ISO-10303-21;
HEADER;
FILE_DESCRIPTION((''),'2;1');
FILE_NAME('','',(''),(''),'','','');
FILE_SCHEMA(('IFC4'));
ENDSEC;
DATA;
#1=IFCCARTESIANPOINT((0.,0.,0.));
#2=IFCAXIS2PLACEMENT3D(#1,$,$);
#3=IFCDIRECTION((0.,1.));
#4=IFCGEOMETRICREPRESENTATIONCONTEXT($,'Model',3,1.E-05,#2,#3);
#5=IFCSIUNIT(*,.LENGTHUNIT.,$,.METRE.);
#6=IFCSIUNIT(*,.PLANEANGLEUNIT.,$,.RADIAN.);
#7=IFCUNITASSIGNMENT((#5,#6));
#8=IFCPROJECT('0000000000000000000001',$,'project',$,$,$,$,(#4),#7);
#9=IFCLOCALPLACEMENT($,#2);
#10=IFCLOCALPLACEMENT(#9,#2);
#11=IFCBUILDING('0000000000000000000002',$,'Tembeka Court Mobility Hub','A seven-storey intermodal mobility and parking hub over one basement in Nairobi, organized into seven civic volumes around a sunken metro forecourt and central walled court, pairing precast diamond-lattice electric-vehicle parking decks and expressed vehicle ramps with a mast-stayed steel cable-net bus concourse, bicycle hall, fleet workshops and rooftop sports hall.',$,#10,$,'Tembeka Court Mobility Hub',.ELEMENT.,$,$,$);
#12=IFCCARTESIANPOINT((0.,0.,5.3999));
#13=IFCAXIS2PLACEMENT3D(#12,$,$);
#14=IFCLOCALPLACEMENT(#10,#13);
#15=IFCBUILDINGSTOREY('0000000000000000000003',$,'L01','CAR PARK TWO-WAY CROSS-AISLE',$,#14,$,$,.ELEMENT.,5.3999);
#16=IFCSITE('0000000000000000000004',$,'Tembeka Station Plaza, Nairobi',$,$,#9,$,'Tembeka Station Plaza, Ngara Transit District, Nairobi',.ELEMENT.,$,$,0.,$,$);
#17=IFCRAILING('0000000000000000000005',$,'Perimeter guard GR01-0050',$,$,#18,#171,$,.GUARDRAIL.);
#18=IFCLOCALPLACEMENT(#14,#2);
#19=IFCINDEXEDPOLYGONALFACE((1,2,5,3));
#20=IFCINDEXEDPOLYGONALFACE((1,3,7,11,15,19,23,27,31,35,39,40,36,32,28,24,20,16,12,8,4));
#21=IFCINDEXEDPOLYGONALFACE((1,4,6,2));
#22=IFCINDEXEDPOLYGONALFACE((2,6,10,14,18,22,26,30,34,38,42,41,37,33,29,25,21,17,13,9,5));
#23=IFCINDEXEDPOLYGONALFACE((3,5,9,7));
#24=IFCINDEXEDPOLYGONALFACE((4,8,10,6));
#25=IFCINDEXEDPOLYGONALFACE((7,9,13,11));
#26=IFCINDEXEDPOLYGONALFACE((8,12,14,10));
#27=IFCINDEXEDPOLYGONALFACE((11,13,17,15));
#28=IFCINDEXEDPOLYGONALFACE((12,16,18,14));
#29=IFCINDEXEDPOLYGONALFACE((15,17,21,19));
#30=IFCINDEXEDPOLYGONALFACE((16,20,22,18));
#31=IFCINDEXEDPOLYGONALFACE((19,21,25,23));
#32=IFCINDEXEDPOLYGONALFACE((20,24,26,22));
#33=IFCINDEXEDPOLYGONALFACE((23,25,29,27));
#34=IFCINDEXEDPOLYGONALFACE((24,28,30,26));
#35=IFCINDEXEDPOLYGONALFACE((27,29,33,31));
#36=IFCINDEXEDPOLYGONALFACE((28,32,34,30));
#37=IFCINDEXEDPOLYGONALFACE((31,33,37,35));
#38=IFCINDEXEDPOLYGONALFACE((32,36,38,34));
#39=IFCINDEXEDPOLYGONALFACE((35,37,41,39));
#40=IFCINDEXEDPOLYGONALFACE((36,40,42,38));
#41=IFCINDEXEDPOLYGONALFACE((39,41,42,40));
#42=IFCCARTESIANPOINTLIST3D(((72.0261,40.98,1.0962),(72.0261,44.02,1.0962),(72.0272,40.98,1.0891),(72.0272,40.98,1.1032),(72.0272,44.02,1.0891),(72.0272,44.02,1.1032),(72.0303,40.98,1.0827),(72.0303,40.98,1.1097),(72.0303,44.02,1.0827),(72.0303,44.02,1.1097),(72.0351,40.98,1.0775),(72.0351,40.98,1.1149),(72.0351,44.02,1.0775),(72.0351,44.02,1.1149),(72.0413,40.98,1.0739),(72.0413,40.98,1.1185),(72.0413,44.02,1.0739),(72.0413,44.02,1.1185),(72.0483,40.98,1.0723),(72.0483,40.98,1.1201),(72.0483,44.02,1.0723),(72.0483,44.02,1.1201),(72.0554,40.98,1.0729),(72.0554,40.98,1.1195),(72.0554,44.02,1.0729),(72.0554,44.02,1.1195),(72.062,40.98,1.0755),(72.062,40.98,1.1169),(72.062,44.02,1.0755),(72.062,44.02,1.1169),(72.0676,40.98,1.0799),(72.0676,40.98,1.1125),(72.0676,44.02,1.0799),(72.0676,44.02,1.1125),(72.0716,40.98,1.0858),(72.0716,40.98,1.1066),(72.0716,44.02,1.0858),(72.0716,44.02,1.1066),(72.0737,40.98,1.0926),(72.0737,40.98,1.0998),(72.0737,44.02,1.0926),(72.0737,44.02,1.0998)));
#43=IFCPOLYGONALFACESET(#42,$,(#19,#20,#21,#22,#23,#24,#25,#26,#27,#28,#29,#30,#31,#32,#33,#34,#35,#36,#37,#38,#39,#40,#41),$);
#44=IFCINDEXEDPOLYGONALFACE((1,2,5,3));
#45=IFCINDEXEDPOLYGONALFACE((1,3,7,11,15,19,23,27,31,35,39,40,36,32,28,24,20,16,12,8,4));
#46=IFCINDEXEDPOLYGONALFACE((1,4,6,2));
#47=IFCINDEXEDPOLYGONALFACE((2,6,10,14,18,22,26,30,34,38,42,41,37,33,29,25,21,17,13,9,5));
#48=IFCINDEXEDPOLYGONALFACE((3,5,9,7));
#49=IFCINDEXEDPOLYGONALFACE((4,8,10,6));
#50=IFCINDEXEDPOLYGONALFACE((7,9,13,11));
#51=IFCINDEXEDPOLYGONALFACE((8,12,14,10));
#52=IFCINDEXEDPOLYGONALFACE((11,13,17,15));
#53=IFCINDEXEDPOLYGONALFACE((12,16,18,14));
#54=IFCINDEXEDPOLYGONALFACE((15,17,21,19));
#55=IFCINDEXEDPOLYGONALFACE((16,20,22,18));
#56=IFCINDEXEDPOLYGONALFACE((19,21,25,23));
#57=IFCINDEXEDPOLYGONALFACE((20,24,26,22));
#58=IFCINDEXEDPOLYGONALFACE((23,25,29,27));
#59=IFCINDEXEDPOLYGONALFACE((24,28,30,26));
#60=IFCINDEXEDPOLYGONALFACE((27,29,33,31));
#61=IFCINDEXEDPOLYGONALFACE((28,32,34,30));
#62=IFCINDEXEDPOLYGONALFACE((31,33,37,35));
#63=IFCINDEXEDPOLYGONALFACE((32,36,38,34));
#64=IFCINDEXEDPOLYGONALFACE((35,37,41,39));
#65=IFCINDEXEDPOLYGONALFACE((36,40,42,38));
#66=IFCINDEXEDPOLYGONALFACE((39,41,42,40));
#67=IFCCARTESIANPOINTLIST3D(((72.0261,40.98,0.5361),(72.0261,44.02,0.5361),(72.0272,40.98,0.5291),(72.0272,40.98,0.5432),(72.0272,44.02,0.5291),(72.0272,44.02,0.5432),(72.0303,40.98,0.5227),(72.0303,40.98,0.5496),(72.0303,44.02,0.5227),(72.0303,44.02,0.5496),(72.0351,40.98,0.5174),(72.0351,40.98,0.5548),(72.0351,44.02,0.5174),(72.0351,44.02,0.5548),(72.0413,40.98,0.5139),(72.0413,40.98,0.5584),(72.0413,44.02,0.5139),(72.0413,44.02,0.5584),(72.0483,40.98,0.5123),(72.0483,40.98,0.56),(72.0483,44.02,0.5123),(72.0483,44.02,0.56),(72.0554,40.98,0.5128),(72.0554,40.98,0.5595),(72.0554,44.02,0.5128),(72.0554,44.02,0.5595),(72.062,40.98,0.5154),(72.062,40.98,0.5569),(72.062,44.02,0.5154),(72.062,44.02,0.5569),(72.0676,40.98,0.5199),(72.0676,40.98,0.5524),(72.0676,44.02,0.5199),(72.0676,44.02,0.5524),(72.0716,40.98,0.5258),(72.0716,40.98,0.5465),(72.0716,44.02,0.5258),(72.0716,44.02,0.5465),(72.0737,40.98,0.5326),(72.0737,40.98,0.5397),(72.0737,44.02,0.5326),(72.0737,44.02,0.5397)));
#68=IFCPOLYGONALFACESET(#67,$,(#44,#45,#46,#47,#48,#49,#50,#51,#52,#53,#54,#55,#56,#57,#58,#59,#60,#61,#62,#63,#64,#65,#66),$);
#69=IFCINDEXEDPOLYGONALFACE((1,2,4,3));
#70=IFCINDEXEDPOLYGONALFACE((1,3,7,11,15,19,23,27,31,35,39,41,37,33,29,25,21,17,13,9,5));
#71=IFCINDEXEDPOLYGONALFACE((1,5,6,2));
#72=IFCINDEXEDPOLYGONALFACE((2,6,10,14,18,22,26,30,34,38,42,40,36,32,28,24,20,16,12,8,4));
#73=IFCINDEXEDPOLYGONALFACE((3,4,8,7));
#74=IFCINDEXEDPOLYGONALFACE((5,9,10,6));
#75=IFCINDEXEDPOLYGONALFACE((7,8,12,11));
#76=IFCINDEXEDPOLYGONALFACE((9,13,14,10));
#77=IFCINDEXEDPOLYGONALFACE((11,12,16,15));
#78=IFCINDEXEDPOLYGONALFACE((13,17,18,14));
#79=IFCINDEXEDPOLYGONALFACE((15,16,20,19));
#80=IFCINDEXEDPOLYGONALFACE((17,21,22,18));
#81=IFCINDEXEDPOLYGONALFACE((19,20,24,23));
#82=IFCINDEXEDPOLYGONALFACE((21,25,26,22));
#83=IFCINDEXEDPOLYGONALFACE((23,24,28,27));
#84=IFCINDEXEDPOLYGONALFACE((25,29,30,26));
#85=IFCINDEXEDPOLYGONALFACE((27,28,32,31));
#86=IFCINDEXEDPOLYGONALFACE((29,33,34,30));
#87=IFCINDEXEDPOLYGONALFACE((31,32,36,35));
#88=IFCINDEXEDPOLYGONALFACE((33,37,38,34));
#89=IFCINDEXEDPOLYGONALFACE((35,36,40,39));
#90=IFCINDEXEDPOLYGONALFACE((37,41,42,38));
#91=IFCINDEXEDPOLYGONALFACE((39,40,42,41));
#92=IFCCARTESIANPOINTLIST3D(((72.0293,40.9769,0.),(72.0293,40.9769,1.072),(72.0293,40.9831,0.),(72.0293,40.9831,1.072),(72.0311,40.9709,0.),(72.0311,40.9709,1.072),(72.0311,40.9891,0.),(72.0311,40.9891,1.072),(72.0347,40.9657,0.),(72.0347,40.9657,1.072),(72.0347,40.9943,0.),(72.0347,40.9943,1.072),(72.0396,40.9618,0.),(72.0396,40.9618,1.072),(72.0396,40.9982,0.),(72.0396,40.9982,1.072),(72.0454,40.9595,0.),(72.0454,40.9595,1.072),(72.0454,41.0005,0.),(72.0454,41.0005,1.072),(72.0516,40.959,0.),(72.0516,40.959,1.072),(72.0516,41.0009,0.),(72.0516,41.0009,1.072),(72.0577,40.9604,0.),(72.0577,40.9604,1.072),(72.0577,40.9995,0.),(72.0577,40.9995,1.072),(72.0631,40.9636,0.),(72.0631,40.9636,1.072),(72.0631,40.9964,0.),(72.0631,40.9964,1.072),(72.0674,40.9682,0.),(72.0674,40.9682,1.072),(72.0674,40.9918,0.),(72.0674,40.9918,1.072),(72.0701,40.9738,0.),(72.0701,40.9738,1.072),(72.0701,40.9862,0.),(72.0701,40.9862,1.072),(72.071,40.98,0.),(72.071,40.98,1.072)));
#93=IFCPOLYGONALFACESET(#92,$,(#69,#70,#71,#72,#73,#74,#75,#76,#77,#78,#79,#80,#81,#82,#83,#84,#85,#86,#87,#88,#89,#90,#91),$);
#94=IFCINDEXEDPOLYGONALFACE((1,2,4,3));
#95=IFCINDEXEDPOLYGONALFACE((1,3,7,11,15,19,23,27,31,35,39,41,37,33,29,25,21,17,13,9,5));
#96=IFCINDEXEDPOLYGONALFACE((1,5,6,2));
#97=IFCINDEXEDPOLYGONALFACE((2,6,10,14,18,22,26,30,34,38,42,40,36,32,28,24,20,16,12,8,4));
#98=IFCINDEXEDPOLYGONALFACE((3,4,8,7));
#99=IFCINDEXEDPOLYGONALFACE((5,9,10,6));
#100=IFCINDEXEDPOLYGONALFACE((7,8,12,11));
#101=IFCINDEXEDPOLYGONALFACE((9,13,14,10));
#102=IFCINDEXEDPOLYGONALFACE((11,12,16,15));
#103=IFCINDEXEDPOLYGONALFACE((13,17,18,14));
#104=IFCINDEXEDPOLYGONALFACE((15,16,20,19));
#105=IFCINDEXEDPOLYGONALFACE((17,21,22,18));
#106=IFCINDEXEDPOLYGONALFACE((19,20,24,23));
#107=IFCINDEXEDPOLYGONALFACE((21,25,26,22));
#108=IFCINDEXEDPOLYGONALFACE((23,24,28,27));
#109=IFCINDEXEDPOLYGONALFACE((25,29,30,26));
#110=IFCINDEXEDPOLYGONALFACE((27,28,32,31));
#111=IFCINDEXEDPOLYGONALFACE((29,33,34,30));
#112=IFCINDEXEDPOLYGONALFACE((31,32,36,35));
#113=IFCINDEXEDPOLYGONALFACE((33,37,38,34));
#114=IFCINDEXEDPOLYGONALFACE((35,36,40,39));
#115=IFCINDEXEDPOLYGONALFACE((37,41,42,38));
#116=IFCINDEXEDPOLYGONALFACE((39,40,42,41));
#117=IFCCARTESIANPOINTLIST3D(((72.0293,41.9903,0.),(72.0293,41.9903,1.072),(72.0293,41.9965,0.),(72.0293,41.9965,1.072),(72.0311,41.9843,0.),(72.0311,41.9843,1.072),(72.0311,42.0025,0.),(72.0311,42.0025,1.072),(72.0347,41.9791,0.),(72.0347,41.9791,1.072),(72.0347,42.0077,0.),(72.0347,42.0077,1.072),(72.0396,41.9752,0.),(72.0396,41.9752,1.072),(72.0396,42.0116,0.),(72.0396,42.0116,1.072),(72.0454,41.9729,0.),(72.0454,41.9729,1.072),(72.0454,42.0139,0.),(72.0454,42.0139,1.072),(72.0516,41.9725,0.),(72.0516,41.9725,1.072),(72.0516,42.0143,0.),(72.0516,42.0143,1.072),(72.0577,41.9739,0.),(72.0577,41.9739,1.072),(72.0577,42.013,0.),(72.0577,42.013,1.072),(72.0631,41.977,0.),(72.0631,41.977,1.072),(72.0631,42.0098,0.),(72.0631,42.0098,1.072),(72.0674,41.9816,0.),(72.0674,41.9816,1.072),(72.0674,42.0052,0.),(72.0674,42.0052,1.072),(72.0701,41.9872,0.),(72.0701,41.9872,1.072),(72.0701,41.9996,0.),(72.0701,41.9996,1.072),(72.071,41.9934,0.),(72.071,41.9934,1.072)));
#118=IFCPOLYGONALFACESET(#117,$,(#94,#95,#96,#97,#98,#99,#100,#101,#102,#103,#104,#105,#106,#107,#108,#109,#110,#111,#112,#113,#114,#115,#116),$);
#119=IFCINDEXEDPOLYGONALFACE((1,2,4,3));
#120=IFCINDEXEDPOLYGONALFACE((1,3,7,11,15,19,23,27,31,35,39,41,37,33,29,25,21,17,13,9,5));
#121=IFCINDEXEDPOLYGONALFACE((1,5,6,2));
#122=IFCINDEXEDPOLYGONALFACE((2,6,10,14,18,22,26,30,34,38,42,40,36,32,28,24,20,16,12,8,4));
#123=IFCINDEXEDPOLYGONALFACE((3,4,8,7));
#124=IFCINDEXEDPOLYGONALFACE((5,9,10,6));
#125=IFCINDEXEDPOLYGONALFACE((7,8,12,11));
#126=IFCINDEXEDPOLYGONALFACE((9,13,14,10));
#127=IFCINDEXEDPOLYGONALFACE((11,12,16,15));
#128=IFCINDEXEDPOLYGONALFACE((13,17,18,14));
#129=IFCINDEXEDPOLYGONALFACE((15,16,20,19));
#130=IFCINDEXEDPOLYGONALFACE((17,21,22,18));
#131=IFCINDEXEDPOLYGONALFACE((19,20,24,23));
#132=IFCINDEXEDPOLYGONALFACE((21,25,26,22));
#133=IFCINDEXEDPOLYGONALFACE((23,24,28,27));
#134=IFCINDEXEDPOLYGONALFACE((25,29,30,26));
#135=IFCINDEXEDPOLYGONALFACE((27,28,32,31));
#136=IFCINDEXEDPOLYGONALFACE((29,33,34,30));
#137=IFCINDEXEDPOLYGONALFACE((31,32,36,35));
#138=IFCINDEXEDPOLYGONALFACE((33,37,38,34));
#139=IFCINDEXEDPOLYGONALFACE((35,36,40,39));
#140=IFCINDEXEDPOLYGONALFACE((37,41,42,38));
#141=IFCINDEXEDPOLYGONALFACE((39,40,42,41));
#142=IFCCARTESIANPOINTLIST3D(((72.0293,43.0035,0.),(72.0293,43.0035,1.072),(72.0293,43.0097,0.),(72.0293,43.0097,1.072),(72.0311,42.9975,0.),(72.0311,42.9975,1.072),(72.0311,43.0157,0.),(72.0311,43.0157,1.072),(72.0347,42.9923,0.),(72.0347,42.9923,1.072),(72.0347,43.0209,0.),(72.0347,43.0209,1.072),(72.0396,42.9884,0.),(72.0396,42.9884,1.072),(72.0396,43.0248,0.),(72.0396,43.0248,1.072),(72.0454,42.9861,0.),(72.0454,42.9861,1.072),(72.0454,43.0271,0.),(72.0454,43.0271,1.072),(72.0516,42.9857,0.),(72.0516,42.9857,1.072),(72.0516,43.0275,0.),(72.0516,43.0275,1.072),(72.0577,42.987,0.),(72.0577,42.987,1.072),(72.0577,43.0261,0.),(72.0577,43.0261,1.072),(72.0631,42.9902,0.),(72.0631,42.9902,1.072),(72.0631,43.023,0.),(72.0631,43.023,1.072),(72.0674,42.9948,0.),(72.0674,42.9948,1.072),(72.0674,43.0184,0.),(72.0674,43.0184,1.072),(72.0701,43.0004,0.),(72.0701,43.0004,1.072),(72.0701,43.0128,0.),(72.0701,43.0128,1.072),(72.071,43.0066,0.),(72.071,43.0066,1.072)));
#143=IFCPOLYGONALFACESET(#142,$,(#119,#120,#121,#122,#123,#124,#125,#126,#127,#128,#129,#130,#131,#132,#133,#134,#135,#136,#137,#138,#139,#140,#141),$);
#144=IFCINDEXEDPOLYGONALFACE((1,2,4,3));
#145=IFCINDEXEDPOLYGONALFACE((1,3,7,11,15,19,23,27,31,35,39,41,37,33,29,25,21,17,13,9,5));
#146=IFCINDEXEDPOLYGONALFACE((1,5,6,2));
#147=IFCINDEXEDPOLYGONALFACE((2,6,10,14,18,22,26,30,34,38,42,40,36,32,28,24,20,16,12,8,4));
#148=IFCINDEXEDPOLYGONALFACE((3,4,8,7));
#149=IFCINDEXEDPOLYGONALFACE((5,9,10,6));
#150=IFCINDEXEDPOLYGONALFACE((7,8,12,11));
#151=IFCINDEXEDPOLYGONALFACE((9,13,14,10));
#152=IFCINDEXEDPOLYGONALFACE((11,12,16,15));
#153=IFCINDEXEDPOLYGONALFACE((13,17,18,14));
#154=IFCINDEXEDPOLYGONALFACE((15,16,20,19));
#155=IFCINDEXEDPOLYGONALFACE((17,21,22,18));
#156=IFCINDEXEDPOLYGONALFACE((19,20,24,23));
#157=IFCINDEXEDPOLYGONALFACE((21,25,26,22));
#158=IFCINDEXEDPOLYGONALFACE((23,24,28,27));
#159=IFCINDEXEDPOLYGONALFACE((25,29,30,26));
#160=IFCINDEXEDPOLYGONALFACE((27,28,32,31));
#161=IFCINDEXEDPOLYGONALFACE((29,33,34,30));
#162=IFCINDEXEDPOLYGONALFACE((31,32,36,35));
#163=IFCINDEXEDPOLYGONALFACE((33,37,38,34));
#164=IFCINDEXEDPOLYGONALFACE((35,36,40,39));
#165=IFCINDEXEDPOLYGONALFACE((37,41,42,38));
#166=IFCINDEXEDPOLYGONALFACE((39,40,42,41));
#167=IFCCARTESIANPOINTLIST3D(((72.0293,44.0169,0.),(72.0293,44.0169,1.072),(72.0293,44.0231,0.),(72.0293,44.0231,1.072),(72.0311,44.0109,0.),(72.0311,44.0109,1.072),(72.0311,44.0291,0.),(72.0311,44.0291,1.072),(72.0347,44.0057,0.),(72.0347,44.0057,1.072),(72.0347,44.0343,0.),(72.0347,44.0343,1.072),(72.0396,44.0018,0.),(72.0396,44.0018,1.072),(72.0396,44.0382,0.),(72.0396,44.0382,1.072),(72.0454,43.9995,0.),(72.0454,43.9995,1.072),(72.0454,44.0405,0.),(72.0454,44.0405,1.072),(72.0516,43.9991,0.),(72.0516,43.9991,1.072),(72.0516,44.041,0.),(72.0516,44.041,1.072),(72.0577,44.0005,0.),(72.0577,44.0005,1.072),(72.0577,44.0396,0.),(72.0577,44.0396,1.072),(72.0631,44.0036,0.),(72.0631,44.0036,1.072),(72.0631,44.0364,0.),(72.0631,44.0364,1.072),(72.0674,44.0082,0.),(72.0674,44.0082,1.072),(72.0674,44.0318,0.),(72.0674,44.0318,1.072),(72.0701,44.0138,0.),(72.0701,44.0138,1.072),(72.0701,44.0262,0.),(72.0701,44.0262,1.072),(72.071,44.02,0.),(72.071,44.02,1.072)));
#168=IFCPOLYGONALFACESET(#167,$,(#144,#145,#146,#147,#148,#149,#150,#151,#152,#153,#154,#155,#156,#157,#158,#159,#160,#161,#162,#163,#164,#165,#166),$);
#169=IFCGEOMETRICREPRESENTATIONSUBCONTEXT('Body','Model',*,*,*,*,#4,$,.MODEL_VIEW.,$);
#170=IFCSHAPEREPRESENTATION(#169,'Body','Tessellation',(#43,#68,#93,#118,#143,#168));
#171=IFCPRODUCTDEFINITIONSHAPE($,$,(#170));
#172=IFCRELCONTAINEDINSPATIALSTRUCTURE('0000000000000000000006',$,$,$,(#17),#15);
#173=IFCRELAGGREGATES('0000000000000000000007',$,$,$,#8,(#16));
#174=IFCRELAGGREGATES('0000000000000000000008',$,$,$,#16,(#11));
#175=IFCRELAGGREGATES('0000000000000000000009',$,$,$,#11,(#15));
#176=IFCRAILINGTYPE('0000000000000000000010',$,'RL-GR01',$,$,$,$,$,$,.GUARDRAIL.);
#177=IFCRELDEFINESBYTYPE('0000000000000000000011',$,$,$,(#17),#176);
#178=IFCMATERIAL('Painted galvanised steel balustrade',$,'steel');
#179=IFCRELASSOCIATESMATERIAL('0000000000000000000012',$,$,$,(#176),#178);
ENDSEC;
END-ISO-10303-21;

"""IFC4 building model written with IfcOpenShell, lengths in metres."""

from ifc_helpers import new_model, si_unit, direction, frame, origin, origin_2d, place, context, subcontext, project, spatial, circle, extrude, material, type_object, element, save


model = new_model("IFC4")

# Units and contexts
model_context = context("Model", 3, precision=1e-05, world=origin(), true_north=direction((0.0, 1.0)))
body_context = subcontext(model_context, "Body", "Model", "MODEL_VIEW")
ifc_project = project(units=[si_unit("LENGTHUNIT", "METRE"), si_unit("PLANEANGLEUNIT", "RADIAN")], contexts=[model_context])

# Site, building, storey
site_placement = place(None, origin())
site = spatial("IfcSite", under=ifc_project, at=site_placement, Name="Tembeka Station Plaza, Nairobi", LongName="Tembeka Station Plaza, Ngara Transit District, Nairobi", CompositionType="ELEMENT", RefElevation=0.0)
building_placement = place(site_placement, origin())
building = spatial("IfcBuilding", under=site, at=building_placement, Name="Tembeka Court Mobility Hub", Description="A seven-storey intermodal mobility and parking hub over one basement in Nairobi, organized into seven civic volumes around a sunken metro forecourt and central walled court, pairing precast diamond-lattice electric-vehicle parking decks and expressed vehicle ramps with a mast-stayed steel cable-net bus concourse, bicycle hall, fleet workshops and rooftop sports hall.", LongName="Tembeka Court Mobility Hub", CompositionType="ELEMENT")
storey_placement = place(building_placement, frame((0.0, 0.0, 5.3999)))
storey = spatial("IfcBuildingStorey", under=building, at=storey_placement, Name="L01", Description="CAR PARK TWO-WAY CROSS-AISLE", CompositionType="ELEMENT", Elevation=5.3999)

# Railing
ifc_material_1 = material(Name="Painted galvanised steel balustrade", Category="steel")
railing_type = type_object("IfcRailingType", Name="RL-GR01", PredefinedType="GUARDRAIL", material=ifc_material_1)
railing_1_placement = place(storey_placement, frame((72.05, 40.98, 0.0)))
element("IfcRailing", 1, at=railing_1_placement, inside=storey, type_object=railing_type, Name="Perimeter guard GR01-0050", PredefinedType="GUARDRAIL", context=body_context, shape_type="SweptSolid", body=[
    extrude(circle(Radius=0.0239, at=origin_2d()), frame((0.0, 0.0, 1.0962), z_axis=(0.0, 1.0, 0.0), x_axis=(-1.0, 0.0, 0.0)), (0.0, 0.0, 1.0), 3.04),
    extrude(circle(Radius=0.0239, at=origin_2d()), frame((0.0, 0.0, 0.5361), z_axis=(0.0, 1.0, 0.0), x_axis=(-1.0, 0.0, 0.0)), (0.0, 0.0, 1.0), 3.04),
    extrude(circle(Radius=0.021, at=origin_2d()), origin(), (0.0, 0.0, 1.0), 1.072),
    extrude(circle(Radius=0.021, at=origin_2d()), frame((0.0, 1.0134, 0.0)), (0.0, 0.0, 1.0), 1.072),
    extrude(circle(Radius=0.021, at=origin_2d()), frame((0.0, 2.0266, 0.0)), (0.0, 0.0, 1.0), 1.072),
    extrude(circle(Radius=0.021, at=origin_2d()), frame((0.0, 3.04, 0.0)), (0.0, 0.0, 1.0), 1.072),
])

save(model, "model.ifc")
